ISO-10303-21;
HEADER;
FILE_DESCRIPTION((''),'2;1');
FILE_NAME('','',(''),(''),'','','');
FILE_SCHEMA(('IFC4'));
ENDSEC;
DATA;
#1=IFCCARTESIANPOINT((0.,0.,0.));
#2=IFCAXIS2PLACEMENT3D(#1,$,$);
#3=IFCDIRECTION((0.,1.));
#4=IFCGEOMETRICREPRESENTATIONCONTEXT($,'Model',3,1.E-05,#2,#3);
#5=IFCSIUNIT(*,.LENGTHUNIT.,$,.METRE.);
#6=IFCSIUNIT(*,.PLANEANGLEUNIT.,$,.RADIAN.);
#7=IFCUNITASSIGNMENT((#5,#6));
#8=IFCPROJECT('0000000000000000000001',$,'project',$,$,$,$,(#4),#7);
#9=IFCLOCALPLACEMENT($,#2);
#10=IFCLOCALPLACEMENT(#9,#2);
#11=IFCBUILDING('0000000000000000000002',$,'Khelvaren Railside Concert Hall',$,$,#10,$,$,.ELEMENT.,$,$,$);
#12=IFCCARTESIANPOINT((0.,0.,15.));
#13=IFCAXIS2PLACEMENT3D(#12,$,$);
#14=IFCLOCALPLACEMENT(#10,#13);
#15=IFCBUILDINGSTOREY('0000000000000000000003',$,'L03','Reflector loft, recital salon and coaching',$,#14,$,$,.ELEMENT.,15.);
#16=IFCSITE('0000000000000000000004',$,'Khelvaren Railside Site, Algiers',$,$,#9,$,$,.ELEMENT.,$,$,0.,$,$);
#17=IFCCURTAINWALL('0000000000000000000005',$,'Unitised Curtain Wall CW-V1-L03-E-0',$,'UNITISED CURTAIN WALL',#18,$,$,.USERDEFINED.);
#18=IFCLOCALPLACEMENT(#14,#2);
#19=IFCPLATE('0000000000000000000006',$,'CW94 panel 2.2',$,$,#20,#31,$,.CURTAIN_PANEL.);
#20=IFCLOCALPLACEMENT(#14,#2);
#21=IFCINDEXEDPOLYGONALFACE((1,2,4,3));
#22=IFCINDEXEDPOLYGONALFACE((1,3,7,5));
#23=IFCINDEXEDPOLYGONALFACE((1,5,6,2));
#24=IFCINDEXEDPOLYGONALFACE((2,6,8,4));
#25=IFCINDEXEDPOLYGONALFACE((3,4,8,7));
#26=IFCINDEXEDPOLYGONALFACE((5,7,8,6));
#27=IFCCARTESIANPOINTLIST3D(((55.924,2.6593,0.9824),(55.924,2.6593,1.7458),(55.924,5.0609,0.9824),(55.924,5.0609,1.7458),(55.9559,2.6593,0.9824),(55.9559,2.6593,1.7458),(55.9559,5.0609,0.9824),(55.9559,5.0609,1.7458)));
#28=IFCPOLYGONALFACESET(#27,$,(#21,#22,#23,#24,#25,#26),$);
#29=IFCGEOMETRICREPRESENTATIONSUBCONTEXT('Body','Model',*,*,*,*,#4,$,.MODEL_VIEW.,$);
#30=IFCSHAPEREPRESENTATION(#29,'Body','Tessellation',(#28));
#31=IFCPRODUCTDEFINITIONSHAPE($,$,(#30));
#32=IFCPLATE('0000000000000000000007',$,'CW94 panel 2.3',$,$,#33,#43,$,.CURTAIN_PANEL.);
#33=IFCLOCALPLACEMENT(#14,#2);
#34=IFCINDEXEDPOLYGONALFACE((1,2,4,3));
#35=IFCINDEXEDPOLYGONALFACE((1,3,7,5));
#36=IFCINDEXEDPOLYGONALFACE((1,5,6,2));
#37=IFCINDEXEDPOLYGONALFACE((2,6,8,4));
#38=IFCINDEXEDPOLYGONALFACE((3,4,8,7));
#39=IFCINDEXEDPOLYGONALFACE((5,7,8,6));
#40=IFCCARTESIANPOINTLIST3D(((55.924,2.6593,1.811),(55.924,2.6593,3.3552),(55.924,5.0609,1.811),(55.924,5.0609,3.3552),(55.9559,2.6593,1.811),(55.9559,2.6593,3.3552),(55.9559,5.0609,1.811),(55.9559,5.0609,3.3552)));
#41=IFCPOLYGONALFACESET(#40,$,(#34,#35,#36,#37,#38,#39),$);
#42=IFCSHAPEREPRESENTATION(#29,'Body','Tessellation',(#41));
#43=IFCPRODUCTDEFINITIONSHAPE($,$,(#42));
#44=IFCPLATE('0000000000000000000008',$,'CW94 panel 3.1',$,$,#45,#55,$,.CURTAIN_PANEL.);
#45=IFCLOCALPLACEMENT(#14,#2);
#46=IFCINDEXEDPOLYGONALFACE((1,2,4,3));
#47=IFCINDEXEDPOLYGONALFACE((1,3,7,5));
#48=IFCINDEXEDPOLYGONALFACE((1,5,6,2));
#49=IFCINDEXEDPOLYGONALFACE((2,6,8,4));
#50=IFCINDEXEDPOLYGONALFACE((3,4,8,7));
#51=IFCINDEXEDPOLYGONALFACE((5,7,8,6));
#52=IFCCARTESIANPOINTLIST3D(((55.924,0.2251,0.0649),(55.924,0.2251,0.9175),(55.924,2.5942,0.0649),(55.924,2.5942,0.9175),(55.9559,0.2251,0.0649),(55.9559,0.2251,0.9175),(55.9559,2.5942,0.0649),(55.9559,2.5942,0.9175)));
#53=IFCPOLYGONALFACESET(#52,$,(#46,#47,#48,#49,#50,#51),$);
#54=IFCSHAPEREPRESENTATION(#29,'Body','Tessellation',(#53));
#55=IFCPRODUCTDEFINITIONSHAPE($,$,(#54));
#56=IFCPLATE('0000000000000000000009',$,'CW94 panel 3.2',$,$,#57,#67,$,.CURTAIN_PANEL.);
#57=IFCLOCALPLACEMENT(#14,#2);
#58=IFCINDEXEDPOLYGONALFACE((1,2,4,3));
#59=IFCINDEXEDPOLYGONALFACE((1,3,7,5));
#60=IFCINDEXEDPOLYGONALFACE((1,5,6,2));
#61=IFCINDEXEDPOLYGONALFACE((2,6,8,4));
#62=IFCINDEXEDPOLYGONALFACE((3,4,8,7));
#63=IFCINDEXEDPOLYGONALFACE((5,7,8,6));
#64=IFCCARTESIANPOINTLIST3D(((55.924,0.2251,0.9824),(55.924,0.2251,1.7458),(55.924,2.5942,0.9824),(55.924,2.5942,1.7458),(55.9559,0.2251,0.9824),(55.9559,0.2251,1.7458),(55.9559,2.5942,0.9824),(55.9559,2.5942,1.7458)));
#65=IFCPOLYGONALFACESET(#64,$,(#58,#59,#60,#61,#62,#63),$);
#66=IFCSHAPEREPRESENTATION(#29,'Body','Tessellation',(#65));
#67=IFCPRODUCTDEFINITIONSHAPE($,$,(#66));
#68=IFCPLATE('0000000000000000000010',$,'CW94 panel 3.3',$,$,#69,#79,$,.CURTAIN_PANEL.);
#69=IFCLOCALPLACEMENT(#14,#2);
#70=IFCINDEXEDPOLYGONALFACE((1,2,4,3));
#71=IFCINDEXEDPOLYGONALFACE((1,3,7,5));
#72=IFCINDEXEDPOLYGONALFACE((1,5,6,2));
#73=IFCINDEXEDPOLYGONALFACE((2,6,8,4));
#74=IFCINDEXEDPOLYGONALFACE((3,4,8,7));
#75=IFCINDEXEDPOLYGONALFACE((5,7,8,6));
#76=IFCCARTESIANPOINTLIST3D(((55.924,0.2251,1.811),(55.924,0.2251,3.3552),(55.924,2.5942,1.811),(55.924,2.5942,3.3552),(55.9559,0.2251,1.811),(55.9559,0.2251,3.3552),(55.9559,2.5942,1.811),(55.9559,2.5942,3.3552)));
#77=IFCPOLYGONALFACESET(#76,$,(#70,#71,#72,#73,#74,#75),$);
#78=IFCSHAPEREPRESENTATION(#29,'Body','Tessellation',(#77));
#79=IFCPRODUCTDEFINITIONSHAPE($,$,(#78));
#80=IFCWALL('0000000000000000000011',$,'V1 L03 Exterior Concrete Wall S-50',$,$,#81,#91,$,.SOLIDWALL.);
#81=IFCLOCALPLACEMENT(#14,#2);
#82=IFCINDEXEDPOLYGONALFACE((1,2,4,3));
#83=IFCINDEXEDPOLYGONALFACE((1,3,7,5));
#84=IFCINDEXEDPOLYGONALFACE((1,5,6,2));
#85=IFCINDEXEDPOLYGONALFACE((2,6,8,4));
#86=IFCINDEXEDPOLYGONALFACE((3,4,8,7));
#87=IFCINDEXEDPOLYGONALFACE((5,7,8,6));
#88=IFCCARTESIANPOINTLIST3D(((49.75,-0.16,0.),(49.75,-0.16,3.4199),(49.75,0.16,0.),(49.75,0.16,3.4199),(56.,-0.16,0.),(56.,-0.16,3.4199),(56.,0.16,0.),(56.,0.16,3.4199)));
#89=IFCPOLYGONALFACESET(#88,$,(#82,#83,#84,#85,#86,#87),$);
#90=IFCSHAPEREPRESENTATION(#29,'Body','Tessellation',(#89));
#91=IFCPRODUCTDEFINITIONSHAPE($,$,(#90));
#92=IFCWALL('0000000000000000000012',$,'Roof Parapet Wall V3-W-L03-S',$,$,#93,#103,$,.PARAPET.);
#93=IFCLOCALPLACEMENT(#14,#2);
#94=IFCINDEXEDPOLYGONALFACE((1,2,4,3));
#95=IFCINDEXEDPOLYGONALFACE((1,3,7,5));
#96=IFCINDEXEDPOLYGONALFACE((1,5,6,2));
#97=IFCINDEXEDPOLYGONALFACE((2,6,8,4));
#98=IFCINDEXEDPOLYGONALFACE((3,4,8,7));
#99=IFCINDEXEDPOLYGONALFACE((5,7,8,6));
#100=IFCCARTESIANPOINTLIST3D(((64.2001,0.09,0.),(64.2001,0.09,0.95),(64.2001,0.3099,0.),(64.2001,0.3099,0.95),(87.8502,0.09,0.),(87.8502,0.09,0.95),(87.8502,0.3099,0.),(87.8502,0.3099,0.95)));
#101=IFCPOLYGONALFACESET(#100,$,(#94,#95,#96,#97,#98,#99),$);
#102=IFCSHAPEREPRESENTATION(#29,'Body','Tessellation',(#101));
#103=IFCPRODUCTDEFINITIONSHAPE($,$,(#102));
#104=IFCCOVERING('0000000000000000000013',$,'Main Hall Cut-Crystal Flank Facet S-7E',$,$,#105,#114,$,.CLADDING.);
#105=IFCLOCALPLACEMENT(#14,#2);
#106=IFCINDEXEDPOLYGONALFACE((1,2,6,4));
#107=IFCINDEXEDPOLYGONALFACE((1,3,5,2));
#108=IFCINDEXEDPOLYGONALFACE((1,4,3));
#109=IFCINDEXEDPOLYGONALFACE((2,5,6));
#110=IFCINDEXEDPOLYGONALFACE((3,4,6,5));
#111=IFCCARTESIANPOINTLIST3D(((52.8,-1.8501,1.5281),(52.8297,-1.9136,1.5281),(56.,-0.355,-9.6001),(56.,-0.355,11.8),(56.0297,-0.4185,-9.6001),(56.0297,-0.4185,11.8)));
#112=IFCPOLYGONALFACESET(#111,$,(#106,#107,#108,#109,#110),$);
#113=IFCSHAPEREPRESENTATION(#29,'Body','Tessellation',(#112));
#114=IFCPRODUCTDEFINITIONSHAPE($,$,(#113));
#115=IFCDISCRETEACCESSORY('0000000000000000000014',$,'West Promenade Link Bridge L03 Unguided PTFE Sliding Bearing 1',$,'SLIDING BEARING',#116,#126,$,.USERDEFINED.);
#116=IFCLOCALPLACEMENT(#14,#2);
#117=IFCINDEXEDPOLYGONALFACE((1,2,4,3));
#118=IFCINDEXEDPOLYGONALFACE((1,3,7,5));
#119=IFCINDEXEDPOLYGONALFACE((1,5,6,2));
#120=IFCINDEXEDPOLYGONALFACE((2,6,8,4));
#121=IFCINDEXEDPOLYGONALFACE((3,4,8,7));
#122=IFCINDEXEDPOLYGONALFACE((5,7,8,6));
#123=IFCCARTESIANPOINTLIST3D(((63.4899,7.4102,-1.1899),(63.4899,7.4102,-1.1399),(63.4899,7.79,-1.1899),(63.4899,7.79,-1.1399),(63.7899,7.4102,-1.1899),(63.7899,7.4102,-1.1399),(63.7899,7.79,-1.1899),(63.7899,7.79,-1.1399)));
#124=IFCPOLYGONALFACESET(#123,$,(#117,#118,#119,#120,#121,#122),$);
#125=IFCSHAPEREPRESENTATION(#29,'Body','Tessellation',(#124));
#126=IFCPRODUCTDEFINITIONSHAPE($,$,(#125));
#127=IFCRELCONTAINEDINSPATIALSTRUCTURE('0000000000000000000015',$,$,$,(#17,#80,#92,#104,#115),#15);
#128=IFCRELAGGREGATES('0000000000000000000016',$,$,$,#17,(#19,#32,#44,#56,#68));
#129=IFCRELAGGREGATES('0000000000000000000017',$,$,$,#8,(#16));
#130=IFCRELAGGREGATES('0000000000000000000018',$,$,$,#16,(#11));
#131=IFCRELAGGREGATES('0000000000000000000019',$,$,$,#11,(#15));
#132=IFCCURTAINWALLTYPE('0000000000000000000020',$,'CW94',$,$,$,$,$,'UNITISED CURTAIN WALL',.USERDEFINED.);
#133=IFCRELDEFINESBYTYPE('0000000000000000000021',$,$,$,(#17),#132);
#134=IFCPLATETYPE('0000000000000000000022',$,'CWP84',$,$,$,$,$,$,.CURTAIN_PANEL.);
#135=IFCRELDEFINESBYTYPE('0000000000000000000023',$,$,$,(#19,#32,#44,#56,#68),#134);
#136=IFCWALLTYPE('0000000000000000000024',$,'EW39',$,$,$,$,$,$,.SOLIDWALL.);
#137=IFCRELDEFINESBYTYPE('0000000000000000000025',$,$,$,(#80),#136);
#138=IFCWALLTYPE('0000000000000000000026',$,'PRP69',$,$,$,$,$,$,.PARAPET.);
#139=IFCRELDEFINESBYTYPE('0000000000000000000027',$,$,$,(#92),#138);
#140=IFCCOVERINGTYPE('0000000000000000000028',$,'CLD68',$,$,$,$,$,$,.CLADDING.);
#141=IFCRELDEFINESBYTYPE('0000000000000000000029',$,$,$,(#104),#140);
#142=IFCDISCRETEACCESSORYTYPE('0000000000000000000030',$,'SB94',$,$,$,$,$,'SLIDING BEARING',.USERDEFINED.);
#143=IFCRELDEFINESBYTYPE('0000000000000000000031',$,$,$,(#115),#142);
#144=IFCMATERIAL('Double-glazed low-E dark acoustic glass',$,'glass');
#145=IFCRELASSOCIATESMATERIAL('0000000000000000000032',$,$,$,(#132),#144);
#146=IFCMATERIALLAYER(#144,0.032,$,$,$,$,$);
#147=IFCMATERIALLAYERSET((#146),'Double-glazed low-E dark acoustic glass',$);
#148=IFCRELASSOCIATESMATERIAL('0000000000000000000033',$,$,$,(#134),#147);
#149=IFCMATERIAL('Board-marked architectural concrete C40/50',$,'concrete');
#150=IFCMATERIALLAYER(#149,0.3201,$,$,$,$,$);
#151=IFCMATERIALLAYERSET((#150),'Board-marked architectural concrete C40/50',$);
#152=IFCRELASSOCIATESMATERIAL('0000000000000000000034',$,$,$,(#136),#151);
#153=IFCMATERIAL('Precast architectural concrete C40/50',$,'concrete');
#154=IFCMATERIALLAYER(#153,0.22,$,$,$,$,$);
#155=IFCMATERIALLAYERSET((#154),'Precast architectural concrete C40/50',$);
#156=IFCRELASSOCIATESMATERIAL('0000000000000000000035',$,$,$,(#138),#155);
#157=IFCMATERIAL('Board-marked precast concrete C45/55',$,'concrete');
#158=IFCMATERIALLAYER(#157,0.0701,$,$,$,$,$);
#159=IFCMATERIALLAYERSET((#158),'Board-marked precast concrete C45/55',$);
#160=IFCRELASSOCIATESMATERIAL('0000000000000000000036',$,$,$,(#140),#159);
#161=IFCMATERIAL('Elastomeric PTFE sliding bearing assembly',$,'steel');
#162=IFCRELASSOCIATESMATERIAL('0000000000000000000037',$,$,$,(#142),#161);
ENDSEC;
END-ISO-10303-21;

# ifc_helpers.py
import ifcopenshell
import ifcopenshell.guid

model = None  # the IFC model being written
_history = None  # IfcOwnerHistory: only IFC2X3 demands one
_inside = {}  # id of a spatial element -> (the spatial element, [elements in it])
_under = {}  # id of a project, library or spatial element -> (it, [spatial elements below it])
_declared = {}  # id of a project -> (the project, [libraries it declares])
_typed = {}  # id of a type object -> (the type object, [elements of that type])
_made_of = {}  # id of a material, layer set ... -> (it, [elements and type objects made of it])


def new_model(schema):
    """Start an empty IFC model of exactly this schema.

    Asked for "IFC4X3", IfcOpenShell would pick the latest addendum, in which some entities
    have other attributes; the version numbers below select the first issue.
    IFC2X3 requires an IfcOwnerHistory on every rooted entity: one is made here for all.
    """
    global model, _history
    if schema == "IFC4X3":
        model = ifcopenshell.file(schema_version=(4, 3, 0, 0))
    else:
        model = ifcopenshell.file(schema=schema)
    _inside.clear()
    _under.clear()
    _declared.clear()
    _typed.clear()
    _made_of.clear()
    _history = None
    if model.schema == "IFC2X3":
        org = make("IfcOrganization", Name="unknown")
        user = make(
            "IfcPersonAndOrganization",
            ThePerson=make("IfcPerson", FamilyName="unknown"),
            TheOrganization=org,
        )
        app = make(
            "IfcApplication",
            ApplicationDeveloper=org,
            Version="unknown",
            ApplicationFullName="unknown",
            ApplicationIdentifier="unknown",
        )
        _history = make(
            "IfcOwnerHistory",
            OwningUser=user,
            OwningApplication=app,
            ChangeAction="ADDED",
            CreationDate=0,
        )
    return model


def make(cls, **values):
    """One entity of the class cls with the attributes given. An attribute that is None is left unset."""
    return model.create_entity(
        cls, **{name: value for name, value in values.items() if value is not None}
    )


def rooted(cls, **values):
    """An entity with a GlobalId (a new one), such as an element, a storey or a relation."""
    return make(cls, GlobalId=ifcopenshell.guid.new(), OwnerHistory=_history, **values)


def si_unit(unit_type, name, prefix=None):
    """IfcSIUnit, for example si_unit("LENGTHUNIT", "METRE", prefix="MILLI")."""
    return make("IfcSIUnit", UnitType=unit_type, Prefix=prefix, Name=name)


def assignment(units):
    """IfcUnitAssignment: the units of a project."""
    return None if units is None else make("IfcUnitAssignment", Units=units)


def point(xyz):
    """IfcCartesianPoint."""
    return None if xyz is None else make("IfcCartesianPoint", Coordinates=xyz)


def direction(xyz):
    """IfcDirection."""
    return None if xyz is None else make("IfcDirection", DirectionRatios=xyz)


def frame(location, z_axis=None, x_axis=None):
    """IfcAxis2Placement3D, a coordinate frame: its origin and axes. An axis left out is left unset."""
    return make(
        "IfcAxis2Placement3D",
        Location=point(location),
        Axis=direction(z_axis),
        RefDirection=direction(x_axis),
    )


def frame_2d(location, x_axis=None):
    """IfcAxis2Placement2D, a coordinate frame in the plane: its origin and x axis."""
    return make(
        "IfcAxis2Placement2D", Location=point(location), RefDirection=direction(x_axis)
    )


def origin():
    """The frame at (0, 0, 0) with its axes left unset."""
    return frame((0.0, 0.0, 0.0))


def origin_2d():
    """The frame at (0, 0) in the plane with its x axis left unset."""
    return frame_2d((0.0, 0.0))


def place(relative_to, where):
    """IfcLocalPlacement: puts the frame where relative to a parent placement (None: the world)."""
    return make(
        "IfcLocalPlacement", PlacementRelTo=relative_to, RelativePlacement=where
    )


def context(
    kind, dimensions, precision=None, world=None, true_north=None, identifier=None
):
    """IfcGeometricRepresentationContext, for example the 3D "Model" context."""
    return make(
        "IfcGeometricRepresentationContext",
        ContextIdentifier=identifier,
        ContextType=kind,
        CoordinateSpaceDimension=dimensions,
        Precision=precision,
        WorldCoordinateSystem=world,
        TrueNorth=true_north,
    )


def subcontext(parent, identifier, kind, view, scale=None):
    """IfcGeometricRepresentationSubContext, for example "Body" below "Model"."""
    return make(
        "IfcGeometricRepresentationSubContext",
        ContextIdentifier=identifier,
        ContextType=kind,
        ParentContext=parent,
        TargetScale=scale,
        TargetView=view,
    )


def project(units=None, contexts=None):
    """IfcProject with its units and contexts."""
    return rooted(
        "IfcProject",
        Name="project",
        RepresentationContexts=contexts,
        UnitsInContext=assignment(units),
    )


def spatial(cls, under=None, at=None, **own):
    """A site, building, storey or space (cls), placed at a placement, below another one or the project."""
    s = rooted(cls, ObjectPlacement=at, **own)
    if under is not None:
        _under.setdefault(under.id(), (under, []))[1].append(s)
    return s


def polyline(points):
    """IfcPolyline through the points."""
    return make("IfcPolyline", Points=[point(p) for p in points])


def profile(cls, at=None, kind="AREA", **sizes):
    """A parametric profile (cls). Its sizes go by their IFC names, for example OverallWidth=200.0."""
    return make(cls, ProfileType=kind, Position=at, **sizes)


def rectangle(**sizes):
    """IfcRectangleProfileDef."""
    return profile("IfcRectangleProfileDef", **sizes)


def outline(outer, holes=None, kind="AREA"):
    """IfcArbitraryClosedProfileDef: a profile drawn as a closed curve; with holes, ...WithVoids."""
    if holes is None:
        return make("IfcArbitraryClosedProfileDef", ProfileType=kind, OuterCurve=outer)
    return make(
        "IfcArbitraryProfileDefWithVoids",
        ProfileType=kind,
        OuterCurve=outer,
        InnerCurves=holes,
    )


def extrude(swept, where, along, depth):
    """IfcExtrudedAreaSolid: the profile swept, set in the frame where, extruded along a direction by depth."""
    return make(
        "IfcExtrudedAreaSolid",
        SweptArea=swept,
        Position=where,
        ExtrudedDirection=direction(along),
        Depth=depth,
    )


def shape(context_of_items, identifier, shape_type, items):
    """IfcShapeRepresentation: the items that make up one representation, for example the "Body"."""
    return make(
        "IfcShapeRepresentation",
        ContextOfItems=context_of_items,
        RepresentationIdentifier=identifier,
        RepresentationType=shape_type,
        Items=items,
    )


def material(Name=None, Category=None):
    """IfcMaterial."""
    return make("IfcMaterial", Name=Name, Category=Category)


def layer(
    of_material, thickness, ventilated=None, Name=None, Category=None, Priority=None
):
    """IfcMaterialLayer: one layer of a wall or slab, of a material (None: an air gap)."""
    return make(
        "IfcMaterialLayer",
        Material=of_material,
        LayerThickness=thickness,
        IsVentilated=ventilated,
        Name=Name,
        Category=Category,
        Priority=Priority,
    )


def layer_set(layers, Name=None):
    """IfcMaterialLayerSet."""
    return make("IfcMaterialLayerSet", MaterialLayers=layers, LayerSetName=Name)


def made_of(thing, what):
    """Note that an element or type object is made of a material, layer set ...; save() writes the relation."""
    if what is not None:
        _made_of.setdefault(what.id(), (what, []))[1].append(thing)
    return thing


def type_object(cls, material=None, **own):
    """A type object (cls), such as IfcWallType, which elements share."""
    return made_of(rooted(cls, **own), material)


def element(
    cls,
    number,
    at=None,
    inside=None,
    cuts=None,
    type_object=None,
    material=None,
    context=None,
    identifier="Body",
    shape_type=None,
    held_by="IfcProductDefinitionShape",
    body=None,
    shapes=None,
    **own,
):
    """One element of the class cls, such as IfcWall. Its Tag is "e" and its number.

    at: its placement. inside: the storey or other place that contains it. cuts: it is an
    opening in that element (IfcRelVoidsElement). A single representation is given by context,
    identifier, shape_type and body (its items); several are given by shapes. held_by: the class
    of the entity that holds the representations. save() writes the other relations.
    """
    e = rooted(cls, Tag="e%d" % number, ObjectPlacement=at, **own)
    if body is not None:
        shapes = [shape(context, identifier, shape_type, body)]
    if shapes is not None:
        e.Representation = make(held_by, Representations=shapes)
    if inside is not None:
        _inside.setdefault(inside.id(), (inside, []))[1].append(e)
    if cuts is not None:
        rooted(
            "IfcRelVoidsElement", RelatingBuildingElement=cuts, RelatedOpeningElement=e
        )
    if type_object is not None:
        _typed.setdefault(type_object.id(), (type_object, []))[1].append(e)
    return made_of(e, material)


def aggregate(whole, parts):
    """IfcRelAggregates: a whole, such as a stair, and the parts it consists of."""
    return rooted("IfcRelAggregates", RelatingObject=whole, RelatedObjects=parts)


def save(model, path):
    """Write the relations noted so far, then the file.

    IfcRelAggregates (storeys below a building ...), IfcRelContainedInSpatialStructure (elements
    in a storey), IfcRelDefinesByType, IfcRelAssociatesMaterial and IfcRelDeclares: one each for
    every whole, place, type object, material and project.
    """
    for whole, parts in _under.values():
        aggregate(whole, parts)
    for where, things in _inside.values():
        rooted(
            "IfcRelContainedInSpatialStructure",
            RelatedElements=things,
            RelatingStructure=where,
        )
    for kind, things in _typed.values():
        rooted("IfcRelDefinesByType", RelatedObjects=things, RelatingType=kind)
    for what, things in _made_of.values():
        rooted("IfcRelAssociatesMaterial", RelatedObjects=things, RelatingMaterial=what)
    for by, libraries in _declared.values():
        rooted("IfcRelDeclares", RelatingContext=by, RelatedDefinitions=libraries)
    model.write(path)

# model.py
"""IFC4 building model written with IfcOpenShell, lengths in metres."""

from ifc_helpers import new_model, si_unit, direction, frame, frame_2d, origin, origin_2d, place, context, subcontext, project, spatial, polyline, rectangle, outline, extrude, material, layer, layer_set, type_object, element, aggregate, save


model = new_model("IFC4")

# Units and contexts
model_context = context("Model", 3, precision=1e-05, world=origin(), true_north=direction((0.0, 1.0)))
body_context = subcontext(model_context, "Body", "Model", "MODEL_VIEW")
ifc_project = project(units=[si_unit("LENGTHUNIT", "METRE"), si_unit("PLANEANGLEUNIT", "RADIAN")], contexts=[model_context])

# Site, building, storey
site_placement = place(None, origin())
site = spatial("IfcSite", under=ifc_project, at=site_placement, Name="Khelvaren Railside Site, Algiers", CompositionType="ELEMENT", RefElevation=0.0)
building_placement = place(site_placement, origin())
building = spatial("IfcBuilding", under=site, at=building_placement, Name="Khelvaren Railside Concert Hall", CompositionType="ELEMENT")
storey_placement = place(building_placement, frame((0.0, 0.0, 15.0)))
storey = spatial("IfcBuildingStorey", under=building, at=storey_placement, Name="L03", Description="Reflector loft, recital salon and coaching", CompositionType="ELEMENT", Elevation=15.0)

# Curtain wall
ifc_material_1 = material(Name="Double-glazed low-E dark acoustic glass", Category="glass")
curtain_wall_type_1 = type_object("IfcCurtainWallType", Name="CW94", ElementType="UNITISED CURTAIN WALL", PredefinedType="USERDEFINED", material=ifc_material_1)
curtain_wall_1_placement = place(storey_placement, origin())
curtain_wall_1 = element("IfcCurtainWall", 1, at=curtain_wall_1_placement, inside=storey, type_object=curtain_wall_type_1, Name="Unitised Curtain Wall CW-V1-L03-E-0", ObjectType="UNITISED CURTAIN WALL", PredefinedType="USERDEFINED")

# Plates
ifc_layer_1 = layer(ifc_material_1, 0.032)
ifc_layer_set_1 = layer_set([ifc_layer_1], Name="Double-glazed low-E dark acoustic glass")
plate_type = type_object("IfcPlateType", Name="CWP84", PredefinedType="CURTAIN_PANEL", material=ifc_layer_set_1)
plate_1_placement = place(storey_placement, frame((55.9399, 3.8601, 0.9824), z_axis=(0.0, 0.0, 1.0), x_axis=(0.0, -1.0, 0.0)))
plate_1 = element("IfcPlate", 2, at=plate_1_placement, type_object=plate_type, Name="CW94 panel 2.2", PredefinedType="CURTAIN_PANEL", context=body_context, shape_type="SweptSolid", body=[
    extrude(rectangle(XDim=2.4016, YDim=0.032, at=origin_2d()), origin(), (0.0, 0.0, 1.0), 0.7634),
])
plate_2_placement = place(storey_placement, frame((55.9399, 3.8601, 1.811), z_axis=(0.0, 0.0, 1.0), x_axis=(0.0, -1.0, 0.0)))
plate_2 = element("IfcPlate", 3, at=plate_2_placement, type_object=plate_type, Name="CW94 panel 2.3", PredefinedType="CURTAIN_PANEL", context=body_context, shape_type="SweptSolid", body=[
    extrude(rectangle(XDim=2.4016, YDim=0.032, at=origin_2d()), origin(), (0.0, 0.0, 1.0), 1.5442),
])
plate_3_placement = place(storey_placement, frame((55.9399, 1.4097, 0.0649), z_axis=(0.0, 0.0, 1.0), x_axis=(0.0, -1.0, 0.0)))
plate_3 = element("IfcPlate", 4, at=plate_3_placement, type_object=plate_type, Name="CW94 panel 3.1", PredefinedType="CURTAIN_PANEL", context=body_context, shape_type="SweptSolid", body=[
    extrude(rectangle(XDim=2.3691, YDim=0.032, at=origin_2d()), origin(), (0.0, 0.0, 1.0), 0.8525),
])
plate_4_placement = place(storey_placement, frame((55.9399, 1.4097, 0.9824), z_axis=(0.0, 0.0, 1.0), x_axis=(0.0, -1.0, 0.0)))
plate_4 = element("IfcPlate", 5, at=plate_4_placement, type_object=plate_type, Name="CW94 panel 3.2", PredefinedType="CURTAIN_PANEL", context=body_context, shape_type="SweptSolid", body=[
    extrude(rectangle(XDim=2.3691, YDim=0.032, at=origin_2d()), origin(), (0.0, 0.0, 1.0), 0.7634),
])
plate_5_placement = place(storey_placement, frame((55.9399, 1.4097, 1.811), z_axis=(0.0, 0.0, 1.0), x_axis=(0.0, -1.0, 0.0)))
plate_5 = element("IfcPlate", 6, at=plate_5_placement, type_object=plate_type, Name="CW94 panel 3.3", PredefinedType="CURTAIN_PANEL", context=body_context, shape_type="SweptSolid", body=[
    extrude(rectangle(XDim=2.3691, YDim=0.032, at=origin_2d()), origin(), (0.0, 0.0, 1.0), 1.5442),
])
aggregate(curtain_wall_1, [plate_1, plate_2, plate_3, plate_4, plate_5])

# Walls
ifc_material_2 = material(Name="Board-marked architectural concrete C40/50", Category="concrete")
ifc_layer_2 = layer(ifc_material_2, 0.3201)
ifc_layer_set_2 = layer_set([ifc_layer_2], Name="Board-marked architectural concrete C40/50")
wall_type_1 = type_object("IfcWallType", Name="EW39", PredefinedType="SOLIDWALL", material=ifc_layer_set_2)
wall_1_placement = place(storey_placement, frame((56.0, 0.0, 0.0), z_axis=(0.0, 0.0, 1.0), x_axis=(-1.0, 0.0, 0.0)))
element("IfcWall", 7, at=wall_1_placement, inside=storey, type_object=wall_type_1, Name="V1 L03 Exterior Concrete Wall S-50", PredefinedType="SOLIDWALL", context=body_context, shape_type="SweptSolid", body=[
    extrude(rectangle(XDim=6.25, YDim=0.3201, at=frame_2d((3.125, 0.0))), origin(), (0.0, 0.0, 1.0), 3.4199),
])
ifc_material_3 = material(Name="Precast architectural concrete C40/50", Category="concrete")
ifc_layer_3 = layer(ifc_material_3, 0.22)
ifc_layer_set_3 = layer_set([ifc_layer_3], Name="Precast architectural concrete C40/50")
wall_type_2 = type_object("IfcWallType", Name="PRP69", PredefinedType="PARAPET", material=ifc_layer_set_3)
wall_2_placement = place(storey_placement, frame((64.2, 0.2, 0.0), z_axis=(0.0, 0.0, 1.0), x_axis=(1.0, 0.0, 0.0)))
element("IfcWall", 8, at=wall_2_placement, inside=storey, type_object=wall_type_2, Name="Roof Parapet Wall V3-W-L03-S", PredefinedType="PARAPET", context=body_context, shape_type="SweptSolid", body=[
    extrude(rectangle(XDim=23.6501, YDim=0.22, at=frame_2d((11.8252, 0.0))), origin(), (0.0, 0.0, 1.0), 0.95),
])

# Covering
ifc_material_4 = material(Name="Board-marked precast concrete C45/55", Category="concrete")
ifc_layer_4 = layer(ifc_material_4, 0.0701)
ifc_layer_set_4 = layer_set([ifc_layer_4], Name="Board-marked precast concrete C45/55")
covering_type = type_object("IfcCoveringType", Name="CLD68", PredefinedType="CLADDING", material=ifc_layer_set_4)
covering_placement = place(storey_placement, frame((56.0, -0.355, 11.8), z_axis=(-0.423305, 0.905987, 0.0), x_axis=(0.0, 0.0, -1.0)))
element("IfcCovering", 9, at=covering_placement, inside=storey, type_object=covering_type, Name="Main Hall Cut-Crystal Flank Facet S-7E", PredefinedType="CLADDING", context=body_context, shape_type="SweptSolid", body=[
    extrude(outline(polyline([(0.0, 0.0), (21.4001, 0.0), (10.272, 3.532), (0.0, 0.0)])), origin(), (0.0, 0.0, -1.0), 0.0701),
])

# Discrete accessory
ifc_material_5 = material(Name="Elastomeric PTFE sliding bearing assembly", Category="steel")
discrete_accessory_type = type_object("IfcDiscreteAccessoryType", Name="SB94", ElementType="SLIDING BEARING", PredefinedType="USERDEFINED", material=ifc_material_5)
discrete_accessory_placement = place(storey_placement, frame((63.6399, 7.6001, -1.1899), z_axis=(0.0, 0.0, 1.0), x_axis=(1.0, 0.0, 0.0)))
element("IfcDiscreteAccessory", 10, at=discrete_accessory_placement, inside=storey, type_object=discrete_accessory_type, Name="West Promenade Link Bridge L03 Unguided PTFE Sliding Bearing 1", ObjectType="SLIDING BEARING", PredefinedType="USERDEFINED", context=body_context, shape_type="SweptSolid", body=[
    extrude(rectangle(XDim=0.3, YDim=0.3799, at=origin_2d()), origin(), (0.0, 0.0, 1.0), 0.05),
])

save(model, "model.ifc")
